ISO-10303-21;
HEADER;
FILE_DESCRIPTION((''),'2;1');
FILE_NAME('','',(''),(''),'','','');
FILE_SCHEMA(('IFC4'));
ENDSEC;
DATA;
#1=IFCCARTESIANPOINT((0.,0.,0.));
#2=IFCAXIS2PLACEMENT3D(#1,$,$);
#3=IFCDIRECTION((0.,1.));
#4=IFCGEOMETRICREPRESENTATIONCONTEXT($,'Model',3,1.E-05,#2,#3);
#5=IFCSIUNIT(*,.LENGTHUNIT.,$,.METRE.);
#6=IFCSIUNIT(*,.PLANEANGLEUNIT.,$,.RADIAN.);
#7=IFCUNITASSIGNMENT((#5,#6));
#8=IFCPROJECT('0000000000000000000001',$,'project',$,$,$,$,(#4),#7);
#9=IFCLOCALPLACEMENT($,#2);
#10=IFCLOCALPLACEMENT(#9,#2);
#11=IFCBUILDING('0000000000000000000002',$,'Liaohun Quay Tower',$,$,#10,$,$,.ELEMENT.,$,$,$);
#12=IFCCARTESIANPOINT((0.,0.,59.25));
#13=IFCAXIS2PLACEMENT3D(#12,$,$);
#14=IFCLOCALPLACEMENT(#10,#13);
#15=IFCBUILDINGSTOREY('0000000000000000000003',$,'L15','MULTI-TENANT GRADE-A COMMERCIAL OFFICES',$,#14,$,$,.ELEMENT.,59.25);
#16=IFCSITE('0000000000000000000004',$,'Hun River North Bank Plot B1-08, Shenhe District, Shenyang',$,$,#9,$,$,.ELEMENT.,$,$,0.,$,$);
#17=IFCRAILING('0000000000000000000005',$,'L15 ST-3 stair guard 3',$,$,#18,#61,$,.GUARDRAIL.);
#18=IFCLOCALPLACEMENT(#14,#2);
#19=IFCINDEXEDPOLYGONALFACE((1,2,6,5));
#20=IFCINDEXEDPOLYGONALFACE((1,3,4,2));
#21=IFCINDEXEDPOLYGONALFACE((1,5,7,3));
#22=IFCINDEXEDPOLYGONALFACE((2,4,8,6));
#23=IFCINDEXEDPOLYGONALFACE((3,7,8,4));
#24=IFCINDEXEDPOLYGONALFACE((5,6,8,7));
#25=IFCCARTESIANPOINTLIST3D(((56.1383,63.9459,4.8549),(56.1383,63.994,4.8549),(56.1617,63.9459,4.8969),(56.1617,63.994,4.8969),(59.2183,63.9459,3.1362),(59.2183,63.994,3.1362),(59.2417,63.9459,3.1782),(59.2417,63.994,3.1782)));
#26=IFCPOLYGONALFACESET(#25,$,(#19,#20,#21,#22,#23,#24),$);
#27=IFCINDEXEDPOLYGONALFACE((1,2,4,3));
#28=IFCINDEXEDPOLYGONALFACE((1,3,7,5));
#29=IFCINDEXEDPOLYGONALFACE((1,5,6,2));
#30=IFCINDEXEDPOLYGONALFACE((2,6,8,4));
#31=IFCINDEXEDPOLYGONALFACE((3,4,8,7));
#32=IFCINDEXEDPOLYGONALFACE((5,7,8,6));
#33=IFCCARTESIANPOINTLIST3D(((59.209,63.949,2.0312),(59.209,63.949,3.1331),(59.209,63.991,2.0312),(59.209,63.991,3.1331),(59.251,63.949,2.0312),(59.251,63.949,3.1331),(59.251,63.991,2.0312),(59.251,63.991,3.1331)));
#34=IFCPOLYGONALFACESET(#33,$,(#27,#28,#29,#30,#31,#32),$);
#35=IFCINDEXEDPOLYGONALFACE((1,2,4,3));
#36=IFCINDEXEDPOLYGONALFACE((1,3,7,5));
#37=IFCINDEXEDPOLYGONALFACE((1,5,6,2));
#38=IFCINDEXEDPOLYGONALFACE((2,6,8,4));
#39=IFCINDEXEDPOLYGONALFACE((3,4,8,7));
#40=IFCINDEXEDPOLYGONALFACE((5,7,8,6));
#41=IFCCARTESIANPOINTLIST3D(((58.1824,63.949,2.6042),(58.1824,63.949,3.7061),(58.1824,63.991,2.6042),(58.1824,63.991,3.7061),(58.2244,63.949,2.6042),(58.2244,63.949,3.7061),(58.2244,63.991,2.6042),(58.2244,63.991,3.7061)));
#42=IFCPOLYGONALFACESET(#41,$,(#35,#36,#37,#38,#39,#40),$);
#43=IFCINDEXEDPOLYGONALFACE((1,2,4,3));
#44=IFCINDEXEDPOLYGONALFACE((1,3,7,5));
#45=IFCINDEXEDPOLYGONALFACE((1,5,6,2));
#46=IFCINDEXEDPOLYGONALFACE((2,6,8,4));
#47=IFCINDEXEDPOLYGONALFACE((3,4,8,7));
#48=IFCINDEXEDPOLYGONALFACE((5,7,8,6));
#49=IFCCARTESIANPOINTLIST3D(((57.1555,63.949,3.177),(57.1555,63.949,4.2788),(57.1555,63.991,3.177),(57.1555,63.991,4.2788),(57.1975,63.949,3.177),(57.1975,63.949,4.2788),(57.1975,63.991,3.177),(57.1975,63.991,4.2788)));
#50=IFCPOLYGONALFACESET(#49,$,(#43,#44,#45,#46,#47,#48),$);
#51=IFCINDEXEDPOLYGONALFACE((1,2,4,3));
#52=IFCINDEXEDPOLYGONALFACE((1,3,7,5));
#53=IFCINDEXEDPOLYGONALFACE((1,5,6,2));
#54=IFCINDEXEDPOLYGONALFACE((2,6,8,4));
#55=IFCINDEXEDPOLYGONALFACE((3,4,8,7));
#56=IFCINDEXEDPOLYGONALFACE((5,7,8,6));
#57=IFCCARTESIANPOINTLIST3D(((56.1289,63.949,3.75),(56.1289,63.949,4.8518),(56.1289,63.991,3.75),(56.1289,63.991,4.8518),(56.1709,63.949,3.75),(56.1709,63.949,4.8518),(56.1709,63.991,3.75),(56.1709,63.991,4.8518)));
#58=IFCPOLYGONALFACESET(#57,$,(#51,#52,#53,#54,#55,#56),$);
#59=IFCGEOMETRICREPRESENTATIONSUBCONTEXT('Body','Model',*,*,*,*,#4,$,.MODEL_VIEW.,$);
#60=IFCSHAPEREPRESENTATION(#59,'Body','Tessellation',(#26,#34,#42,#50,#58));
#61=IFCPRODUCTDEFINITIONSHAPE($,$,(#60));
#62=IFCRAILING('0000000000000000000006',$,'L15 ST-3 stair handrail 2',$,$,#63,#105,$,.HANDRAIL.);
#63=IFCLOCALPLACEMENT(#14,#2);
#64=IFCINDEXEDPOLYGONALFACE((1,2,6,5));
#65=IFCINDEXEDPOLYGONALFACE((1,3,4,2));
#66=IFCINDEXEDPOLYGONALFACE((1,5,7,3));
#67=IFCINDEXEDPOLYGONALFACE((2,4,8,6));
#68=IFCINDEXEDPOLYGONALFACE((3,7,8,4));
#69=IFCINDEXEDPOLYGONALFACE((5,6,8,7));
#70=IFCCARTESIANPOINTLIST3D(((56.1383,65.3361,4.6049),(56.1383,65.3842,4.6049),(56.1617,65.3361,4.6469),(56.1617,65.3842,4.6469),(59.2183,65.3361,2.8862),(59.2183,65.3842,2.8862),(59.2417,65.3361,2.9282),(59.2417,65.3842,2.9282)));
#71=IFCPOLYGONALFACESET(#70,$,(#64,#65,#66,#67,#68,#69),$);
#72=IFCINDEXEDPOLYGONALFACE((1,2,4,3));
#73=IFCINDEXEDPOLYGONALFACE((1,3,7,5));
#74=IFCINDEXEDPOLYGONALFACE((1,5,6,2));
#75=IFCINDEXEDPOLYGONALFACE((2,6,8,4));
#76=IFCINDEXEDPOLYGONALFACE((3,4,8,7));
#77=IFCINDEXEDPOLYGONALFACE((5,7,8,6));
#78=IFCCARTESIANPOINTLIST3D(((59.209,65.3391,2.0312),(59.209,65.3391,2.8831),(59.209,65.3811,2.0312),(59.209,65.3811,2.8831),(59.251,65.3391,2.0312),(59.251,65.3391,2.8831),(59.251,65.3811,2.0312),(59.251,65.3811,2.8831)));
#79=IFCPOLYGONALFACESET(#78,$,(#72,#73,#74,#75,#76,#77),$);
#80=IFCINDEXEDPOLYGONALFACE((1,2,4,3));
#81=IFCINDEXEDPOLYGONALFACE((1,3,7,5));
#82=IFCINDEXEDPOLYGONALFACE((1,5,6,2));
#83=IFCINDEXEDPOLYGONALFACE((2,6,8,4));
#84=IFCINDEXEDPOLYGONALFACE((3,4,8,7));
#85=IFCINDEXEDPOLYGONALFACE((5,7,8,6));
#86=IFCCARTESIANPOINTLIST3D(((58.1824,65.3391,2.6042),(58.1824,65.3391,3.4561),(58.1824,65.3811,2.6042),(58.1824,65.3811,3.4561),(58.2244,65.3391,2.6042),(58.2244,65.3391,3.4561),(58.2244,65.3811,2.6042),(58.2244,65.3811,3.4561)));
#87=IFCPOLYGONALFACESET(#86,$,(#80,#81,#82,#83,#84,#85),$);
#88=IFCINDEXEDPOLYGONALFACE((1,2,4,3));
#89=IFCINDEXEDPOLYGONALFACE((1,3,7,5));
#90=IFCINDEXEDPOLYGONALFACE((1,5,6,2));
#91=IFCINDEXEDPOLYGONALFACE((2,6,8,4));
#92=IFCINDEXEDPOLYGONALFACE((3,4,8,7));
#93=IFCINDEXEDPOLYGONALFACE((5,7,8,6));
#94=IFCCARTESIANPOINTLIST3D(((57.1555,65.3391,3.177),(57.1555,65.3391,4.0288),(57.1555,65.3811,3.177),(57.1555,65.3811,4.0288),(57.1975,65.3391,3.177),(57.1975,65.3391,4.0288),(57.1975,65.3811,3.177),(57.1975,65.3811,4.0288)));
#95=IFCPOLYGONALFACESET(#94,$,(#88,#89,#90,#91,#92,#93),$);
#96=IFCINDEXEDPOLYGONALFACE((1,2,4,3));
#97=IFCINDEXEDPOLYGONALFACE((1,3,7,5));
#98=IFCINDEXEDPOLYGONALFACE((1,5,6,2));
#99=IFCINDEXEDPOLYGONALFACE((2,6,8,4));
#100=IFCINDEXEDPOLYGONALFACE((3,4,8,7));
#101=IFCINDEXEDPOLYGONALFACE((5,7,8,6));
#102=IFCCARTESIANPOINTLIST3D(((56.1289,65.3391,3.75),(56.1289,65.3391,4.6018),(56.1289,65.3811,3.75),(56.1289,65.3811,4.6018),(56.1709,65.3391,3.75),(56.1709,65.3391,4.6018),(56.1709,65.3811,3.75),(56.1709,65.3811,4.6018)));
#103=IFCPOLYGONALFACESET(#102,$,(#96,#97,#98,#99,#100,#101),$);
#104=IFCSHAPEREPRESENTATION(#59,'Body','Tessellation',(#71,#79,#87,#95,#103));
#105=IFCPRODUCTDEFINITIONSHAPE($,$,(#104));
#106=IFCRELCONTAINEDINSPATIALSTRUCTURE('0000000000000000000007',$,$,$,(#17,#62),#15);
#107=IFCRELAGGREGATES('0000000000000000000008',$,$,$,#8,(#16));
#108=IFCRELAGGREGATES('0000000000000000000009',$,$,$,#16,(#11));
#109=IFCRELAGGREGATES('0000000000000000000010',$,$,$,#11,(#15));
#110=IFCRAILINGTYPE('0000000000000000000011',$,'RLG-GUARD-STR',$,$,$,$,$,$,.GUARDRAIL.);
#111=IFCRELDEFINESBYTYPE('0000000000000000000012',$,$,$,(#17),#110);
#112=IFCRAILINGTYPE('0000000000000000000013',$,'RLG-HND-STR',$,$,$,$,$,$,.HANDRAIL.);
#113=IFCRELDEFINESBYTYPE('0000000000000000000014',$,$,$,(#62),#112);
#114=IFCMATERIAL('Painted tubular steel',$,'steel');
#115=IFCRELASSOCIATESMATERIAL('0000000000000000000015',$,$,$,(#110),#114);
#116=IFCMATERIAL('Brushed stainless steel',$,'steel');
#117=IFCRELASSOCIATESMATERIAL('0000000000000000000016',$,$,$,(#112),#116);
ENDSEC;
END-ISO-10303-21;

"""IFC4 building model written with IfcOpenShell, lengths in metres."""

from ifc_helpers import new_model, si_unit, direction, frame, origin, origin_2d, place, context, subcontext, project, spatial, rectangle, extrude, material, type_object, element, save


model = new_model("IFC4")

# Units and contexts
model_context = context("Model", 3, precision=1e-05, world=origin(), true_north=direction((0.0, 1.0)))
body_context = subcontext(model_context, "Body", "Model", "MODEL_VIEW")
ifc_project = project(units=[si_unit("LENGTHUNIT", "METRE"), si_unit("PLANEANGLEUNIT", "RADIAN")], contexts=[model_context])

# Site, building, storey
site_placement = place(None, origin())
site = spatial("IfcSite", under=ifc_project, at=site_placement, Name="Hun River North Bank Plot B1-08, Shenhe District, Shenyang", CompositionType="ELEMENT", RefElevation=0.0)
building_placement = place(site_placement, origin())
building = spatial("IfcBuilding", under=site, at=building_placement, Name="Liaohun Quay Tower", CompositionType="ELEMENT")
storey_placement = place(building_placement, frame((0.0, 0.0, 59.25)))
storey = spatial("IfcBuildingStorey", under=building, at=storey_placement, Name="L15", Description="MULTI-TENANT GRADE-A COMMERCIAL OFFICES", CompositionType="ELEMENT", Elevation=59.25)

# Railings
ifc_material_1 = material(Name="Painted tubular steel", Category="steel")
railing_type_1 = type_object("IfcRailingType", Name="RLG-GUARD-STR", PredefinedType="GUARDRAIL", material=ifc_material_1)
railing_1_placement = place(storey_placement, frame((59.23, 63.97, 2.0312)))
element("IfcRailing", 1, at=railing_1_placement, inside=storey, type_object=railing_type_1, Name="L15 ST-3 stair guard 3", PredefinedType="GUARDRAIL", context=body_context, shape_type="SweptSolid", body=[
    extrude(rectangle(XDim=0.0481, YDim=0.0481, at=origin_2d()), frame((0.0, 0.0, 1.126), z_axis=(-0.873242, 0.0, 0.487288), x_axis=(0.0, -1.0, 0.0)), (0.0, 0.0, 1.0), 3.5271),
    extrude(rectangle(XDim=0.042, YDim=0.042, at=origin_2d()), origin(), (0.0, 0.0, 1.0), 1.1018),
    extrude(rectangle(XDim=0.042, YDim=0.042, at=origin_2d()), frame((-1.0266, 0.0, 0.573)), (0.0, 0.0, 1.0), 1.1018),
    extrude(rectangle(XDim=0.042, YDim=0.042, at=origin_2d()), frame((-2.0535, 0.0, 1.1458)), (0.0, 0.0, 1.0), 1.1018),
    extrude(rectangle(XDim=0.042, YDim=0.042, at=origin_2d()), frame((-3.0801, 0.0, 1.7188)), (0.0, 0.0, 1.0), 1.1018),
])
ifc_material_2 = material(Name="Brushed stainless steel", Category="steel")
railing_type_2 = type_object("IfcRailingType", Name="RLG-HND-STR", PredefinedType="HANDRAIL", material=ifc_material_2)
railing_2_placement = place(storey_placement, frame((59.23, 65.3601, 2.0312)))
element("IfcRailing", 2, at=railing_2_placement, inside=storey, type_object=railing_type_2, Name="L15 ST-3 stair handrail 2", PredefinedType="HANDRAIL", context=body_context, shape_type="SweptSolid", body=[
    extrude(rectangle(XDim=0.0481, YDim=0.0481, at=origin_2d()), frame((0.0, 0.0, 0.876), z_axis=(-0.873242, 0.0, 0.487288), x_axis=(0.0, -1.0, 0.0)), (0.0, 0.0, 1.0), 3.5271),
    extrude(rectangle(XDim=0.042, YDim=0.042, at=origin_2d()), origin(), (0.0, 0.0, 1.0), 0.8518),
    extrude(rectangle(XDim=0.042, YDim=0.042, at=origin_2d()), frame((-1.0266, 0.0, 0.573)), (0.0, 0.0, 1.0), 0.8518),
    extrude(rectangle(XDim=0.042, YDim=0.042, at=origin_2d()), frame((-2.0535, 0.0, 1.1458)), (0.0, 0.0, 1.0), 0.8518),
    extrude(rectangle(XDim=0.042, YDim=0.042, at=origin_2d()), frame((-3.0801, 0.0, 1.7188)), (0.0, 0.0, 1.0), 0.8518),
])

save(model, "model.ifc")
